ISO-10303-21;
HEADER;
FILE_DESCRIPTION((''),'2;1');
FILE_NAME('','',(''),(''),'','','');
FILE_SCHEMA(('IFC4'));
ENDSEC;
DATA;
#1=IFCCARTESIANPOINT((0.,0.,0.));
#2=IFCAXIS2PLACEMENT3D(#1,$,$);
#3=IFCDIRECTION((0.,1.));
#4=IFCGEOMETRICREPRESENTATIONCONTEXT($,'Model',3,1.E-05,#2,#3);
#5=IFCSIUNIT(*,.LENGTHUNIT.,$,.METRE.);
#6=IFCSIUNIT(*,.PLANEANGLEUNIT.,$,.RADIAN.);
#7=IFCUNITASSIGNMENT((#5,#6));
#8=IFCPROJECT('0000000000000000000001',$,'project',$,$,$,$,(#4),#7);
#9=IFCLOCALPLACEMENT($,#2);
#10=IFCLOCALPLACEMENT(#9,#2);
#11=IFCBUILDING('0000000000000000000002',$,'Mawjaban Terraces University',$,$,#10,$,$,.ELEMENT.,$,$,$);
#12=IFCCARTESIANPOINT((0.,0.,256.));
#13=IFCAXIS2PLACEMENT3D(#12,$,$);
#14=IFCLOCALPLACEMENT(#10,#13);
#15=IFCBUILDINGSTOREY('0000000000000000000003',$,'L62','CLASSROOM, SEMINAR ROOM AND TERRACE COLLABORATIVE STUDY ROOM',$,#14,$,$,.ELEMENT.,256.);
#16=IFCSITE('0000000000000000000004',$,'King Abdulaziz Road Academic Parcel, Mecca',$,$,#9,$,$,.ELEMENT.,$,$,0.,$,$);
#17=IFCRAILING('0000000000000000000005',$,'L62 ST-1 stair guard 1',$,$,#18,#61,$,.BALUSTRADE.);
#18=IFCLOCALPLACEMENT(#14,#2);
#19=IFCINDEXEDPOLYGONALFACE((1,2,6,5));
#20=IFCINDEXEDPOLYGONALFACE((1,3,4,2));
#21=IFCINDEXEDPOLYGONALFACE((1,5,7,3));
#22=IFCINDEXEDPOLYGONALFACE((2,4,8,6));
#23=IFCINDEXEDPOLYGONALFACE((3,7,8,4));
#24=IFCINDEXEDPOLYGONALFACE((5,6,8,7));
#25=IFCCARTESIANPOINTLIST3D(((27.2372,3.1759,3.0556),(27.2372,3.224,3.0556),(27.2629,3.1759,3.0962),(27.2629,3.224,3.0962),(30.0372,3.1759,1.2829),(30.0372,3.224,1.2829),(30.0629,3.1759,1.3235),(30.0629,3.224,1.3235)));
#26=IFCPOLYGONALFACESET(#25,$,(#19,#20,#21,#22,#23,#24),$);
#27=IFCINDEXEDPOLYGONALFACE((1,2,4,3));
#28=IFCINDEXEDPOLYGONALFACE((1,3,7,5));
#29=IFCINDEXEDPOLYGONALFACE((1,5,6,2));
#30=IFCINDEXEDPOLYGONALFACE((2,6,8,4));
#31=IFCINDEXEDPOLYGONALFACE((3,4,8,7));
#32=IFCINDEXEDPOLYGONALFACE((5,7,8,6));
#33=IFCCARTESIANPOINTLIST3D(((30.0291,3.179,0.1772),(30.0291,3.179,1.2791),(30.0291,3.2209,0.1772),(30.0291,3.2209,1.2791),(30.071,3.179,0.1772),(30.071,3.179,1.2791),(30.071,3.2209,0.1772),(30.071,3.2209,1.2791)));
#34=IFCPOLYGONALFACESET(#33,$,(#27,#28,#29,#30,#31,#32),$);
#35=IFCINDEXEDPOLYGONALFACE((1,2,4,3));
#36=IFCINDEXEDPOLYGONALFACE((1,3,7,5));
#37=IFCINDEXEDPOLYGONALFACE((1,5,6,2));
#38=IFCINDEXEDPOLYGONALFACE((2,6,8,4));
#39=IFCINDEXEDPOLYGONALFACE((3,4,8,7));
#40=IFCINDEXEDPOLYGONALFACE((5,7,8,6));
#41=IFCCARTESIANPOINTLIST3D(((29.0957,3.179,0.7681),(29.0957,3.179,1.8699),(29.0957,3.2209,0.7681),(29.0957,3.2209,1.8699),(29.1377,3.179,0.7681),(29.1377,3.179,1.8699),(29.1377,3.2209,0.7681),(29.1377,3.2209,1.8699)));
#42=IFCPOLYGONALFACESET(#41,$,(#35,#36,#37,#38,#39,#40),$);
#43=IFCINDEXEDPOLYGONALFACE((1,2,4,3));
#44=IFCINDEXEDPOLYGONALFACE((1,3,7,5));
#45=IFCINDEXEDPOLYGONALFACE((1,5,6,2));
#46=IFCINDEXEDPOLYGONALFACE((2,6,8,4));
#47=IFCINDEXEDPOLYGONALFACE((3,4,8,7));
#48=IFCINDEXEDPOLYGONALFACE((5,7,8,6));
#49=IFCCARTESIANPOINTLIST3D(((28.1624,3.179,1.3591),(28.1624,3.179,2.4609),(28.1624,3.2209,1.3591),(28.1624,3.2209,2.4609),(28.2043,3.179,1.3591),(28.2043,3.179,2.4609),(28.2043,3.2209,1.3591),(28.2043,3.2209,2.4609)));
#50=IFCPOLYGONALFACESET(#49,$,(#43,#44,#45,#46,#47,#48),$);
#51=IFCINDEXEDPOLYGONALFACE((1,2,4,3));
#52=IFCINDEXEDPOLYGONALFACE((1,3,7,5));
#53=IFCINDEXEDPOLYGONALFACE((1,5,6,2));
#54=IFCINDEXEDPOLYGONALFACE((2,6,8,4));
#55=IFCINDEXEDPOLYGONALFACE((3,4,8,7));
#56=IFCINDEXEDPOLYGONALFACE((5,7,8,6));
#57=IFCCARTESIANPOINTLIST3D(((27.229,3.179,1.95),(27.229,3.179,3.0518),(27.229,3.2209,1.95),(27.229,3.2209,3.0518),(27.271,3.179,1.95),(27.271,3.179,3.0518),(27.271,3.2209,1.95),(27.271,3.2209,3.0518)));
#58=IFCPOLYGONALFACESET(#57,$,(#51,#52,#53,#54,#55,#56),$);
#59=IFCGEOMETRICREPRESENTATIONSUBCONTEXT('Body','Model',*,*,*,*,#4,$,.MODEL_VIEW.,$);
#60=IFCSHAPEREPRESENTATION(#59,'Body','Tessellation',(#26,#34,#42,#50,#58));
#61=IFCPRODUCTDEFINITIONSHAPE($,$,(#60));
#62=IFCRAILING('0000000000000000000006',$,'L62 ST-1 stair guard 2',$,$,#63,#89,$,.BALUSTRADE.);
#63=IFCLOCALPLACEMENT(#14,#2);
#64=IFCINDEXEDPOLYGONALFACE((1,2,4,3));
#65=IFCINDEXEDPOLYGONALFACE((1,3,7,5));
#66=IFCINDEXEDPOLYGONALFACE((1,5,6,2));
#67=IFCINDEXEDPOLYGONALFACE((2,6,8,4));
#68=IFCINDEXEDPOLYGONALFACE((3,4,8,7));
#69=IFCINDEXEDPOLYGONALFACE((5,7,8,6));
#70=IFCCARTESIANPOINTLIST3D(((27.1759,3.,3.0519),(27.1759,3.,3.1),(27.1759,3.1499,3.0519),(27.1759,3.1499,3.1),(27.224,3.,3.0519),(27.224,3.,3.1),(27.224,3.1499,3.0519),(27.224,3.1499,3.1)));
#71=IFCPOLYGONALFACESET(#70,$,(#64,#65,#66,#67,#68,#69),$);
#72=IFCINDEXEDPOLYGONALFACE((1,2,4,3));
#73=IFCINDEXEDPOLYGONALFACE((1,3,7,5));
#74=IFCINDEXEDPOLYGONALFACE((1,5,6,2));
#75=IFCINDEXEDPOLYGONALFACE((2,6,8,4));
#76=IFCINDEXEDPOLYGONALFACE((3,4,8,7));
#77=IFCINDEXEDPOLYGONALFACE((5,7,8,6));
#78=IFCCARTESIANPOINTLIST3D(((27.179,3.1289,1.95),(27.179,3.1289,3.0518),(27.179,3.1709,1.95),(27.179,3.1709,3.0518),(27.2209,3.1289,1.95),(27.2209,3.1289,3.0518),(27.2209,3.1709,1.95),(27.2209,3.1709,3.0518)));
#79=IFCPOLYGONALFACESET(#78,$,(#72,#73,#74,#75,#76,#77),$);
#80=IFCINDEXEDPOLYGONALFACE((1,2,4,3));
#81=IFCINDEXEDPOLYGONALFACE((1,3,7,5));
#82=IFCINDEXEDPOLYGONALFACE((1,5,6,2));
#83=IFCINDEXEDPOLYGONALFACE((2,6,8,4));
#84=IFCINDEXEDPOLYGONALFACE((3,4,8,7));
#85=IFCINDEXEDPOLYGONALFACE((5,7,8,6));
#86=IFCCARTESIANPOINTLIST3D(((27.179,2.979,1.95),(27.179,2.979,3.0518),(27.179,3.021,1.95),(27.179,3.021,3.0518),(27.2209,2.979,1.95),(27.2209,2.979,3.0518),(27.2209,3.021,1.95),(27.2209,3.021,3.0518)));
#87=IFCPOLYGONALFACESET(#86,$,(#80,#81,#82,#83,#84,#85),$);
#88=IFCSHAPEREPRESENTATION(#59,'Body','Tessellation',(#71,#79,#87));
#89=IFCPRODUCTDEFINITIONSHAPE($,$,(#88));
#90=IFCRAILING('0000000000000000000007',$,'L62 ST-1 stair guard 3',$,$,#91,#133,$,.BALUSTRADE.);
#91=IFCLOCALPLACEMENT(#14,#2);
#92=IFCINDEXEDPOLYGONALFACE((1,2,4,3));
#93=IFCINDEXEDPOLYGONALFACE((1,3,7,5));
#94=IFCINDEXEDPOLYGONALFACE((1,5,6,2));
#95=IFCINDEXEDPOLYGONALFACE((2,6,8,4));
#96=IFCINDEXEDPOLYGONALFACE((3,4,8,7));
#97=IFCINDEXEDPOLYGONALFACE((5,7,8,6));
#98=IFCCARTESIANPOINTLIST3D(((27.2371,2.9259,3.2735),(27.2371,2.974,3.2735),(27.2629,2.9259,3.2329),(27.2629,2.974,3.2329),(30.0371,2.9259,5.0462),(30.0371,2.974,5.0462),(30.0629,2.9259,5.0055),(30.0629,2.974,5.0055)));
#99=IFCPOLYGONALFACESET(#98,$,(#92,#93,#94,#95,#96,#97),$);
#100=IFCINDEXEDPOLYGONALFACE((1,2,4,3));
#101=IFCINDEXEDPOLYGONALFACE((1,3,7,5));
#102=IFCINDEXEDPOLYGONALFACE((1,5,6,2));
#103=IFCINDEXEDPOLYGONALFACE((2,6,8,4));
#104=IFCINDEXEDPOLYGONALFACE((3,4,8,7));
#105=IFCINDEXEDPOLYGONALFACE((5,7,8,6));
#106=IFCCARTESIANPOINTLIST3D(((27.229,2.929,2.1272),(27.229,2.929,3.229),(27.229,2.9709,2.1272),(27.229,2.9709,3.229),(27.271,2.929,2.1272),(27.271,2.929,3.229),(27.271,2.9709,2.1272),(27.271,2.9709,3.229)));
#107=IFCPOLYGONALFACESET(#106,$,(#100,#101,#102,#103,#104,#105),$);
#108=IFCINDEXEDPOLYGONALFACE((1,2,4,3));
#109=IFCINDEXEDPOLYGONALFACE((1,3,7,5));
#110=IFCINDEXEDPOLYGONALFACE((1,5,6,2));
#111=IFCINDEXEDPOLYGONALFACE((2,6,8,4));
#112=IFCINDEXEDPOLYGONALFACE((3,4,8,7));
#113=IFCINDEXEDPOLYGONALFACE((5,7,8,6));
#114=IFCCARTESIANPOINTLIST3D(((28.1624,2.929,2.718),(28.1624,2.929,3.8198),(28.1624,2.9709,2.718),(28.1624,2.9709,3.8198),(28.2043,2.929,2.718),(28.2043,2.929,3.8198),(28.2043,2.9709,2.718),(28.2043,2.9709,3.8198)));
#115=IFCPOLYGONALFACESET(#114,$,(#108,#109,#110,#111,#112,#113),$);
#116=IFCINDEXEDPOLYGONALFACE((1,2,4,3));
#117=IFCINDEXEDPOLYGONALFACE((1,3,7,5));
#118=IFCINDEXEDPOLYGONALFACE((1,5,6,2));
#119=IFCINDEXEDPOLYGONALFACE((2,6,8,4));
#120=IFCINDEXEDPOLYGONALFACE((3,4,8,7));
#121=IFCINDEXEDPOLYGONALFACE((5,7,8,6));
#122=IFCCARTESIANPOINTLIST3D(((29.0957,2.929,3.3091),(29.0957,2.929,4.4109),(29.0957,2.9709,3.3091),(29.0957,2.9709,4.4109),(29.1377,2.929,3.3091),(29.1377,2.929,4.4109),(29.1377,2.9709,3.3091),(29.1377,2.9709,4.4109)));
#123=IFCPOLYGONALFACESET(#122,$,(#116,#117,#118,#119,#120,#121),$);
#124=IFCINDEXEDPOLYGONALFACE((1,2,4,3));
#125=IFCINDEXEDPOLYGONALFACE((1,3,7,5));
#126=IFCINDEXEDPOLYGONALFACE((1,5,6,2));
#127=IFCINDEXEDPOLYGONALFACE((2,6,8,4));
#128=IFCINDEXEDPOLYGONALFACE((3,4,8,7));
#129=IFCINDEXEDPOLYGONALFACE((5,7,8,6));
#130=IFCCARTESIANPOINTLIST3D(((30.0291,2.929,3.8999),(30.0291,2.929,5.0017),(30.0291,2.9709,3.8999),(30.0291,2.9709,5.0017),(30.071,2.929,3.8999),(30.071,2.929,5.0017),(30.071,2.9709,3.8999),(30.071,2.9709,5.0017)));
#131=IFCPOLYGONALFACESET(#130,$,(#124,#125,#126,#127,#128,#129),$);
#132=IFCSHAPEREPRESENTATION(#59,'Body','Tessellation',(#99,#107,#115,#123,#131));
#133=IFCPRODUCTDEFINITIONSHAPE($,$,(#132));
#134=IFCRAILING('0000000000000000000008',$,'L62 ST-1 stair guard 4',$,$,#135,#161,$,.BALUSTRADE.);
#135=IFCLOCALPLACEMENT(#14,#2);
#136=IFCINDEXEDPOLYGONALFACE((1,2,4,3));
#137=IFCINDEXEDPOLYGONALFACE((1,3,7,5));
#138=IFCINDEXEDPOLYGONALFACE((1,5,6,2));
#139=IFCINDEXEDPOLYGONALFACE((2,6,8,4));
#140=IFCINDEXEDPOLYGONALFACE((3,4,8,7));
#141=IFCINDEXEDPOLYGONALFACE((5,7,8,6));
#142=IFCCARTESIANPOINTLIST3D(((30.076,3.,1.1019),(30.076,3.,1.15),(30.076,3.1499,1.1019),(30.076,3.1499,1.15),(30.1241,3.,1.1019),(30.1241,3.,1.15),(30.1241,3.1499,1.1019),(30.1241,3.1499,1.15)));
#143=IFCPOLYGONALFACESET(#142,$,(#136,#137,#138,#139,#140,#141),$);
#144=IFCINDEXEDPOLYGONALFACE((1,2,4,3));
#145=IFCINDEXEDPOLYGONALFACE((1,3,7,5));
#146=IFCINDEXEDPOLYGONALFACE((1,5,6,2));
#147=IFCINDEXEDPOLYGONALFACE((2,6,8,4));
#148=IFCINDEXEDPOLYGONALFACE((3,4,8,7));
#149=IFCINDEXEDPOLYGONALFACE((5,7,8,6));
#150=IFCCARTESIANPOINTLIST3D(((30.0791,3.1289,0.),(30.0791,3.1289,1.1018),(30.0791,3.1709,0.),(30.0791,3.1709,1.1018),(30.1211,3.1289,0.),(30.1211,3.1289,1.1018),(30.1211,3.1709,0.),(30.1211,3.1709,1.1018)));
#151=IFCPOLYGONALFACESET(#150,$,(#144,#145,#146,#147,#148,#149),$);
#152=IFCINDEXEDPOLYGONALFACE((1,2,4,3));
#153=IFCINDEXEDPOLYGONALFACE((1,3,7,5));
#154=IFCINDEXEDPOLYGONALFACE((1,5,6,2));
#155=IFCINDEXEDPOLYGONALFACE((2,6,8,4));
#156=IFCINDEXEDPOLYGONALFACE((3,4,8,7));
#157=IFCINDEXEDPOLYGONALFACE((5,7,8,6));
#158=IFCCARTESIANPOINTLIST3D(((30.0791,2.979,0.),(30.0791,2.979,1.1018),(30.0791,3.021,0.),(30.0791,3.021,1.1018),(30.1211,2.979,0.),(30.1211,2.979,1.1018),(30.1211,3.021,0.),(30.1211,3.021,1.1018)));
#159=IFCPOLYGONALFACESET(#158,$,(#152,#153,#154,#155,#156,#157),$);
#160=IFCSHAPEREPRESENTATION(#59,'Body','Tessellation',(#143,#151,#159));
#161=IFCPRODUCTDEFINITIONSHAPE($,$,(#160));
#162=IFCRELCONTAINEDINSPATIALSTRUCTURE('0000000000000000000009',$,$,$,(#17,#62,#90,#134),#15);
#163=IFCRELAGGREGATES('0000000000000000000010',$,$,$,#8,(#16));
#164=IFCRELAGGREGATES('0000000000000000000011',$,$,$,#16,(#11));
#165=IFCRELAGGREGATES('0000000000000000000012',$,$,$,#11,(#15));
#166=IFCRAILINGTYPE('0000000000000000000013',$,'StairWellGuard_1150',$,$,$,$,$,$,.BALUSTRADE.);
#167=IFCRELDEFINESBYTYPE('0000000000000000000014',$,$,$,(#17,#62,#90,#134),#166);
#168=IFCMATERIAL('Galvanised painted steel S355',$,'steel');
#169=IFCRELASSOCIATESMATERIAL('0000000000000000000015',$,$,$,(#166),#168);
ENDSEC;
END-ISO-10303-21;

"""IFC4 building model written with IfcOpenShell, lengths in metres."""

from ifc_helpers import new_model, si_unit, direction, frame, origin, origin_2d, place, context, subcontext, project, spatial, rectangle, extrude, material, type_object, element, save


model = new_model("IFC4")

# Units and contexts
model_context = context("Model", 3, precision=1e-05, world=origin(), true_north=direction((0.0, 1.0)))
body_context = subcontext(model_context, "Body", "Model", "MODEL_VIEW")
ifc_project = project(units=[si_unit("LENGTHUNIT", "METRE"), si_unit("PLANEANGLEUNIT", "RADIAN")], contexts=[model_context])

# Site, building, storey
site_placement = place(None, origin())
site = spatial("IfcSite", under=ifc_project, at=site_placement, Name="King Abdulaziz Road Academic Parcel, Mecca", CompositionType="ELEMENT", RefElevation=0.0)
building_placement = place(site_placement, origin())
building = spatial("IfcBuilding", under=site, at=building_placement, Name="Mawjaban Terraces University", CompositionType="ELEMENT")
storey_placement = place(building_placement, frame((0.0, 0.0, 256.0)))
storey = spatial("IfcBuildingStorey", under=building, at=storey_placement, Name="L62", Description="CLASSROOM, SEMINAR ROOM AND TERRACE COLLABORATIVE STUDY ROOM", CompositionType="ELEMENT", Elevation=256.0)

# Railings
ifc_material_1 = material(Name="Galvanised painted steel S355", Category="steel")
railing_type_1 = type_object("IfcRailingType", Name="StairWellGuard_1150", PredefinedType="BALUSTRADE", material=ifc_material_1)
railing_1_placement = place(storey_placement, frame((30.05, 3.2, 0.1772)))
element("IfcRailing", 1, at=railing_1_placement, inside=storey, type_object=railing_type_1, Name="L62 ST-1 stair guard 1", PredefinedType="BALUSTRADE", context=body_context, shape_type="SweptSolid", body=[
    extrude(rectangle(XDim=0.0481, YDim=0.0481, at=origin_2d()), frame((0.0, 0.0, 1.126), z_axis=(-0.844909, 0.0, 0.53491), x_axis=(0.0, -1.0, 0.0)), (0.0, 0.0, 1.0), 3.314),
    extrude(rectangle(XDim=0.042, YDim=0.042, at=origin_2d()), origin(), (0.0, 0.0, 1.0), 1.1018),
    extrude(rectangle(XDim=0.042, YDim=0.042, at=origin_2d()), frame((-0.9333, 0.0, 0.5908)), (0.0, 0.0, 1.0), 1.1018),
    extrude(rectangle(XDim=0.042, YDim=0.042, at=origin_2d()), frame((-1.8667, 0.0, 1.1819)), (0.0, 0.0, 1.0), 1.1018),
    extrude(rectangle(XDim=0.042, YDim=0.042, at=origin_2d()), frame((-2.8, 0.0, 1.7727)), (0.0, 0.0, 1.0), 1.1018),
])
railing_2_placement = place(storey_placement, frame((27.2, 3.1499, 1.95)))
element("IfcRailing", 2, at=railing_2_placement, inside=storey, type_object=railing_type_1, Name="L62 ST-1 stair guard 2", PredefinedType="BALUSTRADE", context=body_context, shape_type="SweptSolid", body=[
    extrude(rectangle(XDim=0.0481, YDim=0.0481, at=origin_2d()), frame((0.0, 0.0, 1.126), z_axis=(0.0, -1.0, 0.0), x_axis=(1.0, 0.0, 0.0)), (0.0, 0.0, 1.0), 0.1499),
    extrude(rectangle(XDim=0.042, YDim=0.042, at=origin_2d()), origin(), (0.0, 0.0, 1.0), 1.1018),
    extrude(rectangle(XDim=0.042, YDim=0.042, at=origin_2d()), frame((0.0, -0.1499, 0.0)), (0.0, 0.0, 1.0), 1.1018),
])
railing_3_placement = place(storey_placement, frame((27.25, 2.95, 2.1272)))
element("IfcRailing", 3, at=railing_3_placement, inside=storey, type_object=railing_type_1, Name="L62 ST-1 stair guard 3", PredefinedType="BALUSTRADE", context=body_context, shape_type="SweptSolid", body=[
    extrude(rectangle(XDim=0.0481, YDim=0.0481, at=origin_2d()), frame((0.0, 0.0, 1.126), z_axis=(0.844909, 0.0, 0.53491), x_axis=(0.0, 1.0, 0.0)), (0.0, 0.0, 1.0), 3.314),
    extrude(rectangle(XDim=0.042, YDim=0.042, at=origin_2d()), origin(), (0.0, 0.0, 1.0), 1.1018),
    extrude(rectangle(XDim=0.042, YDim=0.042, at=origin_2d()), frame((0.9333, 0.0, 0.5908)), (0.0, 0.0, 1.0), 1.1018),
    extrude(rectangle(XDim=0.042, YDim=0.042, at=origin_2d()), frame((1.8667, 0.0, 1.1819)), (0.0, 0.0, 1.0), 1.1018),
    extrude(rectangle(XDim=0.042, YDim=0.042, at=origin_2d()), frame((2.8, 0.0, 1.7727)), (0.0, 0.0, 1.0), 1.1018),
])
railing_4_placement = place(storey_placement, frame((30.1001, 3.1499, 0.0)))
element("IfcRailing", 4, at=railing_4_placement, inside=storey, type_object=railing_type_1, Name="L62 ST-1 stair guard 4", PredefinedType="BALUSTRADE", context=body_context, shape_type="SweptSolid", body=[
    extrude(rectangle(XDim=0.0481, YDim=0.0481, at=origin_2d()), frame((0.0, 0.0, 1.126), z_axis=(0.0, -1.0, 0.0), x_axis=(1.0, 0.0, 0.0)), (0.0, 0.0, 1.0), 0.1499),
    extrude(rectangle(XDim=0.042, YDim=0.042, at=origin_2d()), origin(), (0.0, 0.0, 1.0), 1.1018),
    extrude(rectangle(XDim=0.042, YDim=0.042, at=origin_2d()), frame((0.0, -0.1499, 0.0)), (0.0, 0.0, 1.0), 1.1018),
])

save(model, "model.ifc")
